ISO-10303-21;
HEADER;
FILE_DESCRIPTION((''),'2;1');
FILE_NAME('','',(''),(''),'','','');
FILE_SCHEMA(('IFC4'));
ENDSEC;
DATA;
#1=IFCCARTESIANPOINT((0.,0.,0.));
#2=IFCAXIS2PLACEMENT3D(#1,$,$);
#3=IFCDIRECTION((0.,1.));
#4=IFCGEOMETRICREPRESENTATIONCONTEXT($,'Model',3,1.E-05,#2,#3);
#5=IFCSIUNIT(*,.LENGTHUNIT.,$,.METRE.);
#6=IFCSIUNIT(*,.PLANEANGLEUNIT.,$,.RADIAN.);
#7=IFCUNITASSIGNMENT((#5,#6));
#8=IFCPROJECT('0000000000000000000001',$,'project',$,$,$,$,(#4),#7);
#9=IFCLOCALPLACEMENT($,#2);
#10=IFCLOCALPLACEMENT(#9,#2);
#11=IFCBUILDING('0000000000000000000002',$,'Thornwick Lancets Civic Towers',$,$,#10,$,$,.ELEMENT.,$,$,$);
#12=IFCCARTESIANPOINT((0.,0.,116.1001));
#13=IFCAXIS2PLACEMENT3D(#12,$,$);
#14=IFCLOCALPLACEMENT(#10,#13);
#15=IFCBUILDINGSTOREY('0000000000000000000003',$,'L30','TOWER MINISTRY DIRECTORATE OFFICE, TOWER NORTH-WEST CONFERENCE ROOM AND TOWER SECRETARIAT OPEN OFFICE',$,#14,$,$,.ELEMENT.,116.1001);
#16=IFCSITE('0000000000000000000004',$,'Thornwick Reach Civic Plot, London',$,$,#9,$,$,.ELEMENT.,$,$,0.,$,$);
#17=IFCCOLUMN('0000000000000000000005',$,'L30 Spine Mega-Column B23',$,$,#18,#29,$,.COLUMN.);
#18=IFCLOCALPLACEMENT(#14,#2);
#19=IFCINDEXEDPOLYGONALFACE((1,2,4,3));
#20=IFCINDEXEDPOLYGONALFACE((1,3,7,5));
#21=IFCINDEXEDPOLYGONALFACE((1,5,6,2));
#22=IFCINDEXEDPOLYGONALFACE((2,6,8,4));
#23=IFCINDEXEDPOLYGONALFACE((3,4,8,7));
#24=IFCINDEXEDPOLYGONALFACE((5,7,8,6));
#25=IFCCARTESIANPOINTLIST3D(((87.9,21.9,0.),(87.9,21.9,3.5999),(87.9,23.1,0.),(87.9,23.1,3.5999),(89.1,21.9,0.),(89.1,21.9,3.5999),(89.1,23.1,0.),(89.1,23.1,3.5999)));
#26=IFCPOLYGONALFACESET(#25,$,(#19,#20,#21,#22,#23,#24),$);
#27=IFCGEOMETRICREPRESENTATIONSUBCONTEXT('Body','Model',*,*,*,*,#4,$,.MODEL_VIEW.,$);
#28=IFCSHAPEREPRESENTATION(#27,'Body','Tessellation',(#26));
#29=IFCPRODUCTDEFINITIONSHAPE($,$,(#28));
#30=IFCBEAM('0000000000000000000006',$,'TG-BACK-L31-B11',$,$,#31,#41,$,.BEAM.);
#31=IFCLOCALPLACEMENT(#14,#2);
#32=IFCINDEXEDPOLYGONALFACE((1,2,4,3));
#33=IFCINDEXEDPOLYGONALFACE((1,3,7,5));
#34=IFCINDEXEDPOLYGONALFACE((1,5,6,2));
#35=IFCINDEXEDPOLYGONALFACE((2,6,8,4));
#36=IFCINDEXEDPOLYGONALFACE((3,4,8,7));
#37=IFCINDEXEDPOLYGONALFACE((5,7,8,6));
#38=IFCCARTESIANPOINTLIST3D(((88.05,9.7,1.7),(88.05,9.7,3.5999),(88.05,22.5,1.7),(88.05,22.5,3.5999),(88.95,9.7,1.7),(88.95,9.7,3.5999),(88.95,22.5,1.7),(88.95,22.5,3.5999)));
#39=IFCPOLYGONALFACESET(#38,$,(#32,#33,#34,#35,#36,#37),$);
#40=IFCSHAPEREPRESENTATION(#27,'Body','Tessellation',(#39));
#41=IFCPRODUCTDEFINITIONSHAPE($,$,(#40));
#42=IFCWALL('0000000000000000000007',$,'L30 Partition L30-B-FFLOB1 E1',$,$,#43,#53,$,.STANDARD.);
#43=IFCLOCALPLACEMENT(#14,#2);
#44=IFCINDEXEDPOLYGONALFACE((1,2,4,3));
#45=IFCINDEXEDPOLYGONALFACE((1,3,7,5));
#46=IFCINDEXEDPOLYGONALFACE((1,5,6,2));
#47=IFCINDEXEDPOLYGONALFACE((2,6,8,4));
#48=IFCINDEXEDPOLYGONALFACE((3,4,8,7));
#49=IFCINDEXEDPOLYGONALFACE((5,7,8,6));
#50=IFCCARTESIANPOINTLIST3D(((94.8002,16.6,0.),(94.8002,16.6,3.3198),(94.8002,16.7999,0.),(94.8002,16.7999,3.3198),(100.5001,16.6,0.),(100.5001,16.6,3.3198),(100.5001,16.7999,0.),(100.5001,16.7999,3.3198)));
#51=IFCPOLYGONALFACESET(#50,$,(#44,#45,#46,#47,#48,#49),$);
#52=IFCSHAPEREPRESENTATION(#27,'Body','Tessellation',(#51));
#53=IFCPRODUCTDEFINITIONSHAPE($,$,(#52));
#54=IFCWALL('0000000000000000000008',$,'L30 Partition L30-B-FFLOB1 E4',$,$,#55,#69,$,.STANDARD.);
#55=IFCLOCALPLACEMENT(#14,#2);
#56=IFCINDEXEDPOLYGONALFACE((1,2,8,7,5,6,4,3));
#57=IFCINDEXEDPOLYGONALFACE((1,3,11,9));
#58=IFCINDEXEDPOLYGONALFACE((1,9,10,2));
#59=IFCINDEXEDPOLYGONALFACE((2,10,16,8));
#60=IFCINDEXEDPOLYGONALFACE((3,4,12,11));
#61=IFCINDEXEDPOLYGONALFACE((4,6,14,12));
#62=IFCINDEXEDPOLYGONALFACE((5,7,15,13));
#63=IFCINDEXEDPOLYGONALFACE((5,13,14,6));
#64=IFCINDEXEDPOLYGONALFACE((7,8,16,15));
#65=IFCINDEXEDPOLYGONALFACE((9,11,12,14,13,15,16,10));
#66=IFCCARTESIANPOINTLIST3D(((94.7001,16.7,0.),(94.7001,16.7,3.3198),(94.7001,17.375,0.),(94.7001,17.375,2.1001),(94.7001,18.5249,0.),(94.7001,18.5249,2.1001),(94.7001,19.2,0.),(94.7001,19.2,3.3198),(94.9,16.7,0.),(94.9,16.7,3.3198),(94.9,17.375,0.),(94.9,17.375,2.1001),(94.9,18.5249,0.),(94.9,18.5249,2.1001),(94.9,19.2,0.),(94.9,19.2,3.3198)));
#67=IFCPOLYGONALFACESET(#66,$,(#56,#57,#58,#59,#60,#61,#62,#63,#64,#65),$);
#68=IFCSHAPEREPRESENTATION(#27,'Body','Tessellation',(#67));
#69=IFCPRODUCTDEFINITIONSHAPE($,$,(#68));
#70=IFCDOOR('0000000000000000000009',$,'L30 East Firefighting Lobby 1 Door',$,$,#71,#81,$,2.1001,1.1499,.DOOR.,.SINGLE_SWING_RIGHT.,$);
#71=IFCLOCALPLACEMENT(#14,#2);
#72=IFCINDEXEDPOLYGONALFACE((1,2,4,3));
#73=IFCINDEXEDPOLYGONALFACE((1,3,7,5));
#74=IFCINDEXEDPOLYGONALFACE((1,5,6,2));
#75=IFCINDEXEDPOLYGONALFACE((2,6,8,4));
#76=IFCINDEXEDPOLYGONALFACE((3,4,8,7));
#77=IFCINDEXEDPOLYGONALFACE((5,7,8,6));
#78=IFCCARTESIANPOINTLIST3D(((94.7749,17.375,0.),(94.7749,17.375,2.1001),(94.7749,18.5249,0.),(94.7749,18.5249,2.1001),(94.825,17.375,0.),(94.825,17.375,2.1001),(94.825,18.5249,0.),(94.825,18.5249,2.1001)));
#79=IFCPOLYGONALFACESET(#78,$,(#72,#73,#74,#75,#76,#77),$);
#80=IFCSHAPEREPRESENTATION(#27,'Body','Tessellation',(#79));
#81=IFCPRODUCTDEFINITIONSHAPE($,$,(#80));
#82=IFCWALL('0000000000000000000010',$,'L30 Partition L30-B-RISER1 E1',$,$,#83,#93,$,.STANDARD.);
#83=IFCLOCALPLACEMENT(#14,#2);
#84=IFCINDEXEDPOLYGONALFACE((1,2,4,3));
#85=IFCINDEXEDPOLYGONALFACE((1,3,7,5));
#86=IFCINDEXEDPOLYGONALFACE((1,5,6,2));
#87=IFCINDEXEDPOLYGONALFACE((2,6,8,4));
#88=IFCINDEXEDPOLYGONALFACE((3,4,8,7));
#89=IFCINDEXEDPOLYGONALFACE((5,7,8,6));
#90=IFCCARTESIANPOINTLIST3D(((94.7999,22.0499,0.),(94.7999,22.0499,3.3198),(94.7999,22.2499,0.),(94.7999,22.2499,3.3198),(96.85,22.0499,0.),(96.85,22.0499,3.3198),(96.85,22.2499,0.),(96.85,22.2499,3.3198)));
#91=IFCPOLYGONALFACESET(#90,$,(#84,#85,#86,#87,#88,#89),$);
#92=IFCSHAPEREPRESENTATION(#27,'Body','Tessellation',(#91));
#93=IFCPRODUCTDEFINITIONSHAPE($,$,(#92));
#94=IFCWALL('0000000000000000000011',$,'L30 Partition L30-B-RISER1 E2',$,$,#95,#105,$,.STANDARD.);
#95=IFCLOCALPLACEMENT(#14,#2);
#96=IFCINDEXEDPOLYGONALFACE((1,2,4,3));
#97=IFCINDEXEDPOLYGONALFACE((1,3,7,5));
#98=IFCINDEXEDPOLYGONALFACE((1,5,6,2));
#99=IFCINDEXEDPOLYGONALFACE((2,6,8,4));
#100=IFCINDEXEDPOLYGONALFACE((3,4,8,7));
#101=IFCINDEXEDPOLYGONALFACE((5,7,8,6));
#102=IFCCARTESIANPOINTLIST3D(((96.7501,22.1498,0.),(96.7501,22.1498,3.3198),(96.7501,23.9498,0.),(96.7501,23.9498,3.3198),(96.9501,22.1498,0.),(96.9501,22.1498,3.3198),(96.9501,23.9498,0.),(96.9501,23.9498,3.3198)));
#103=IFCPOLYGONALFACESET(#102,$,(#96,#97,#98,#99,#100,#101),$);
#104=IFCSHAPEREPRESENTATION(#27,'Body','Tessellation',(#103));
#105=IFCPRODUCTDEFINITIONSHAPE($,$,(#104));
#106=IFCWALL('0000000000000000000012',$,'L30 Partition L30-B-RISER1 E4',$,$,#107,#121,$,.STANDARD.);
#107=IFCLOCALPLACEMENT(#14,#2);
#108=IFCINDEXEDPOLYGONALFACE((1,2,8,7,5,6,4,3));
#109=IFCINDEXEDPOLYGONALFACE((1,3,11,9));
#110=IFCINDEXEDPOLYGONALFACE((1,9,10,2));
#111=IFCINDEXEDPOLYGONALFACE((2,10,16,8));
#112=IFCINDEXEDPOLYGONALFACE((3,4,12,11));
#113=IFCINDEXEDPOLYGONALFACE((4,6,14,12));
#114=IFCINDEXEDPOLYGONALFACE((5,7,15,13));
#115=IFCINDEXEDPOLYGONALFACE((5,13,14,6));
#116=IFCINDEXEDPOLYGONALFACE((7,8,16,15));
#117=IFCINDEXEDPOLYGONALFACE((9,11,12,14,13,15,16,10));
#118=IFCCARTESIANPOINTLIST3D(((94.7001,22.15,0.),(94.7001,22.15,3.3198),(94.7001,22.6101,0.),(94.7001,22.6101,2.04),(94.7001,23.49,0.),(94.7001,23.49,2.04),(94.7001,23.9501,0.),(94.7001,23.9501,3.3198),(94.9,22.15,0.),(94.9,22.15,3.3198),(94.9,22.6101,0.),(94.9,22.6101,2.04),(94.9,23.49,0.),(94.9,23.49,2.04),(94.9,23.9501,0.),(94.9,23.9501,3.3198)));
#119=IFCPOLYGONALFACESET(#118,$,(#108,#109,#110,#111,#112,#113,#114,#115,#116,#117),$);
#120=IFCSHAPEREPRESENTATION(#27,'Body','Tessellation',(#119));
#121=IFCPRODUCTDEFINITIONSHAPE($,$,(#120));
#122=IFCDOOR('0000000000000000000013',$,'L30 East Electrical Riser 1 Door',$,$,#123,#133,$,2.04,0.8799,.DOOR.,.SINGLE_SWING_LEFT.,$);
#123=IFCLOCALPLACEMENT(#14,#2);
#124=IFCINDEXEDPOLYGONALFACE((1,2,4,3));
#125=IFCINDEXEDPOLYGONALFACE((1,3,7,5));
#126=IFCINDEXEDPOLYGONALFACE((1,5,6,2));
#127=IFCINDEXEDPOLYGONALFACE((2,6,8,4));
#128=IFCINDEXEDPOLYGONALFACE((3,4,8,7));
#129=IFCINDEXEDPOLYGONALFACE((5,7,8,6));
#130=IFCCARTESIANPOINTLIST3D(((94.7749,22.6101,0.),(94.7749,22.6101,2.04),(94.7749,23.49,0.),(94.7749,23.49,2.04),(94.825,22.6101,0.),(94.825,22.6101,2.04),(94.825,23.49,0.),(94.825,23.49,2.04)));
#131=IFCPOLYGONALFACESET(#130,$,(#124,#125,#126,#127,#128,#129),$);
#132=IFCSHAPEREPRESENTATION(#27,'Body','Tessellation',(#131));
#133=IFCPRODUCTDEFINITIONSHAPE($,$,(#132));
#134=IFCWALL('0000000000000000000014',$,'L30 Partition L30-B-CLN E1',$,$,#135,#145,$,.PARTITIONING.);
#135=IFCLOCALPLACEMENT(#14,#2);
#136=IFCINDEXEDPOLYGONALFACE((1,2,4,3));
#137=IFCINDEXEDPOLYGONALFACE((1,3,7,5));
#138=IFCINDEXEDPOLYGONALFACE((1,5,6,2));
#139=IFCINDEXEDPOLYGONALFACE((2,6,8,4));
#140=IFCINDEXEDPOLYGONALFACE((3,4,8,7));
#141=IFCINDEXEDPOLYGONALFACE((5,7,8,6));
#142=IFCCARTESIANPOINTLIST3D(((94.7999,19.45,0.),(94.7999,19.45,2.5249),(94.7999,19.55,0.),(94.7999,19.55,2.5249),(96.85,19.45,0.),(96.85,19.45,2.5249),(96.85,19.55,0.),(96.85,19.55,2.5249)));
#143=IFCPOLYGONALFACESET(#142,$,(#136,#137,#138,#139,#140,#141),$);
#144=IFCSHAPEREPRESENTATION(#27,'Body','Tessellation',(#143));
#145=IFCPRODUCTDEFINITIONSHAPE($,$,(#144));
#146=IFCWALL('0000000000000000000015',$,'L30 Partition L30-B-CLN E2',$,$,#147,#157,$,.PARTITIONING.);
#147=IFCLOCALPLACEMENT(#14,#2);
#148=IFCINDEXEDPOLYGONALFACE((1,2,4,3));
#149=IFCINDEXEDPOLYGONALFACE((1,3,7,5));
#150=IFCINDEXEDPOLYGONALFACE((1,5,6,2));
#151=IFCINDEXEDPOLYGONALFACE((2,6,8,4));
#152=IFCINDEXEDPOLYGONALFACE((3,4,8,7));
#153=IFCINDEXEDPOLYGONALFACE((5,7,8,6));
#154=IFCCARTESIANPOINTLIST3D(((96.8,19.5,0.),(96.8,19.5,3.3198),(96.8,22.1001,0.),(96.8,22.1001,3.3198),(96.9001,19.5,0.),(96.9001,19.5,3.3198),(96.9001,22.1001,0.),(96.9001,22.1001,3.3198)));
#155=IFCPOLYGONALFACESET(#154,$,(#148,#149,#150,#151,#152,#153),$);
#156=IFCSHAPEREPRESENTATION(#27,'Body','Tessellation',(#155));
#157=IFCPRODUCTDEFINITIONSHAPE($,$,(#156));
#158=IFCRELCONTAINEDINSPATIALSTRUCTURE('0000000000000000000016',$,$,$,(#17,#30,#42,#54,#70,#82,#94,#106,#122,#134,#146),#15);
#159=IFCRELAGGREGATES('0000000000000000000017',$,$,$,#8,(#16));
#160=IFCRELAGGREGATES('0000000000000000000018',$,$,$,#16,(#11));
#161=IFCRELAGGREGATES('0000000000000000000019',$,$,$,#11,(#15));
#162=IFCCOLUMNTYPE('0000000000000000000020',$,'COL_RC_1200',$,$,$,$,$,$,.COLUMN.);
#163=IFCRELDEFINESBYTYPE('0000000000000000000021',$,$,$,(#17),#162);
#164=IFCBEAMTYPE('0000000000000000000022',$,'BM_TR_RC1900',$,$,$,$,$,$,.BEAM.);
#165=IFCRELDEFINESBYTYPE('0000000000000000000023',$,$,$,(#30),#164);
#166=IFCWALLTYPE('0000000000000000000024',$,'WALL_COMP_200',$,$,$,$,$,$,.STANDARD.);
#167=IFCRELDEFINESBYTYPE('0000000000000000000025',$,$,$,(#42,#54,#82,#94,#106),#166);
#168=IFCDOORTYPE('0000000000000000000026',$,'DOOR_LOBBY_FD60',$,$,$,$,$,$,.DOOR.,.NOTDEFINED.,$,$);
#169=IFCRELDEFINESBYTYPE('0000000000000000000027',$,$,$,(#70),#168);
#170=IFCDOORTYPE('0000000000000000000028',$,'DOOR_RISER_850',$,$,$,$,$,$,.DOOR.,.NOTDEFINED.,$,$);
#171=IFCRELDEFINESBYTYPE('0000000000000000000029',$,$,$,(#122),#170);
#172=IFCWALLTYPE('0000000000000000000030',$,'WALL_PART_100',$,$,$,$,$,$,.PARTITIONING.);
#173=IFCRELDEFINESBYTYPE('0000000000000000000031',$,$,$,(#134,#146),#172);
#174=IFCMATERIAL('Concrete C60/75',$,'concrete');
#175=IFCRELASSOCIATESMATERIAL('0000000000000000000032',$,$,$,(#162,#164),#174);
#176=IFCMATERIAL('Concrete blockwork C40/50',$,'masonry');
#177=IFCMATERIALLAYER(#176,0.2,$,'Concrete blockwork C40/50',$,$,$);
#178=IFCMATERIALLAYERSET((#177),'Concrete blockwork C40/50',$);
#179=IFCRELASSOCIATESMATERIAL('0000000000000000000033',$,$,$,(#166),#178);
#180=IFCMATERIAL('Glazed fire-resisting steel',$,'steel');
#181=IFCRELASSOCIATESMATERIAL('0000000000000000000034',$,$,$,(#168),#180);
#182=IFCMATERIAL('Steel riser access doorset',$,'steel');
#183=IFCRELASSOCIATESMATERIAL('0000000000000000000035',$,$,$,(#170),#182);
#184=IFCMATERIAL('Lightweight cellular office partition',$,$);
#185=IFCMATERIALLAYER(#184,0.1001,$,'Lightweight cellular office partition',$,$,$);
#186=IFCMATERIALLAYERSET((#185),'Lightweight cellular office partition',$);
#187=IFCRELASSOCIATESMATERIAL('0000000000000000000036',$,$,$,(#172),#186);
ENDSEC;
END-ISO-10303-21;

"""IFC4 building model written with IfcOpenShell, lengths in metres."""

from ifc_helpers import new_model, si_unit, direction, frame, frame_2d, origin, origin_2d, place, context, subcontext, project, spatial, rectangle, extrude, material, layer, layer_set, material_profile, profile_set, type_object, element, fill, save


model = new_model("IFC4")

# Units and contexts
model_context = context("Model", 3, precision=1e-05, world=origin(), true_north=direction((0.0, 1.0)))
body_context = subcontext(model_context, "Body", "Model", "MODEL_VIEW")
ifc_project = project(units=[si_unit("LENGTHUNIT", "METRE"), si_unit("PLANEANGLEUNIT", "RADIAN")], contexts=[model_context])

# Site, building, storey
site_placement = place(None, origin())
site = spatial("IfcSite", under=ifc_project, at=site_placement, Name="Thornwick Reach Civic Plot, London", CompositionType="ELEMENT", RefElevation=0.0)
building_placement = place(site_placement, origin())
building = spatial("IfcBuilding", under=site, at=building_placement, Name="Thornwick Lancets Civic Towers", CompositionType="ELEMENT")
storey_placement = place(building_placement, frame((0.0, 0.0, 116.1001)))
storey = spatial("IfcBuildingStorey", under=building, at=storey_placement, Name="L30", Description="TOWER MINISTRY DIRECTORATE OFFICE, TOWER NORTH-WEST CONFERENCE ROOM AND TOWER SECRETARIAT OPEN OFFICE", CompositionType="ELEMENT", Elevation=116.1001)

# Column
ifc_material_1 = material(Name="Concrete C60/75", Category="concrete")
ifc_material_profile_1 = material_profile(ifc_material_1, rectangle(XDim=1.2, YDim=1.2, at=origin_2d()), Name="RC 1200x1200")
ifc_profile_set_1 = profile_set([ifc_material_profile_1], Name="Concrete C60/75")
column_type = type_object("IfcColumnType", Name="COL_RC_1200", PredefinedType="COLUMN", material=ifc_profile_set_1)
column_placement = place(storey_placement, frame((88.5, 22.5, 0.0), z_axis=(0.0, 0.0, 1.0), x_axis=(1.0, 0.0, 0.0)))
element("IfcColumn", 1, at=column_placement, inside=storey, type_object=column_type, Name="L30 Spine Mega-Column B23", PredefinedType="COLUMN", context=body_context, shape_type="SweptSolid", body=[
    extrude(rectangle(XDim=1.2, YDim=1.2, at=origin_2d()), origin(), (0.0, 0.0, 1.0), 3.5999),
])

# Beam
ifc_material_profile_2 = material_profile(ifc_material_1, rectangle(XDim=0.8999, YDim=1.8999, at=origin_2d()), Name="RC 900x1900")
ifc_profile_set_2 = profile_set([ifc_material_profile_2], Name="Concrete C60/75")
beam_type = type_object("IfcBeamType", Name="BM_TR_RC1900", PredefinedType="BEAM", material=ifc_profile_set_2)
beam_placement = place(storey_placement, frame((88.5, 22.5, 2.6499), z_axis=(0.0, -1.0, 0.0), x_axis=(1.0, 0.0, 0.0)))
element("IfcBeam", 2, at=beam_placement, inside=storey, type_object=beam_type, Name="TG-BACK-L31-B11", PredefinedType="BEAM", context=body_context, shape_type="SweptSolid", body=[
    extrude(rectangle(XDim=0.8999, YDim=1.8999, at=origin_2d()), origin(), (0.0, 0.0, 1.0), 12.8),
])

# Wall
ifc_material_2 = material(Name="Concrete blockwork C40/50", Category="masonry")
ifc_layer_1 = layer(ifc_material_2, 0.2, Name="Concrete blockwork C40/50")
ifc_layer_set_1 = layer_set([ifc_layer_1], Name="Concrete blockwork C40/50")
wall_type_1 = type_object("IfcWallType", Name="WALL_COMP_200", PredefinedType="STANDARD", material=ifc_layer_set_1)
wall_1_placement = place(storey_placement, frame((94.8, 16.7, 0.0), z_axis=(0.0, 0.0, 1.0), x_axis=(1.0, 0.0, 0.0)))
element("IfcWall", 3, at=wall_1_placement, inside=storey, type_object=wall_type_1, Name="L30 Partition L30-B-FFLOB1 E1", PredefinedType="STANDARD", context=body_context, shape_type="SweptSolid", body=[
    extrude(rectangle(XDim=5.7, YDim=0.2, at=frame_2d((2.8501, 0.0))), origin(), (0.0, 0.0, 1.0), 3.3198),
])

# Wall, opening, door
wall_2_placement = place(storey_placement, frame((94.8, 19.2, 0.0), z_axis=(0.0, 0.0, 1.0), x_axis=(0.0, -1.0, 0.0)))
wall_2 = element("IfcWall", 4, at=wall_2_placement, inside=storey, type_object=wall_type_1, Name="L30 Partition L30-B-FFLOB1 E4", PredefinedType="STANDARD", context=body_context, shape_type="SweptSolid", body=[
    extrude(rectangle(XDim=2.5, YDim=0.2, at=frame_2d((1.25, 0.0))), origin(), (0.0, 0.0, 1.0), 3.3198),
])
opening_1_placement = place(wall_2_placement, frame((0.675, 0.0, 0.0)))
opening_1 = element("IfcOpeningElement", 5, at=opening_1_placement, cuts=wall_2, PredefinedType="OPENING", context=body_context, shape_type="SweptSolid", body=[
    extrude(rectangle(XDim=1.1499, YDim=2.1001, at=frame_2d((0.575, 1.05))), frame((0.0, 0.1099, 0.0), z_axis=(0.0, -1.0, 0.0), x_axis=(1.0, 0.0, 0.0)), (0.0, 0.0, 1.0), 0.22),
])
ifc_material_3 = material(Name="Glazed fire-resisting steel", Category="steel")
door_type_1 = type_object("IfcDoorType", Name="DOOR_LOBBY_FD60", OperationType="NOTDEFINED", PredefinedType="DOOR", material=ifc_material_3)
door_1_placement = place(opening_1_placement, origin())
door_1 = element("IfcDoor", 6, at=door_1_placement, inside=storey, type_object=door_type_1, Name="L30 East Firefighting Lobby 1 Door", OperationType="SINGLE_SWING_RIGHT", OverallHeight=2.1001, OverallWidth=1.1499, PredefinedType="DOOR", context=body_context, shape_type="SweptSolid", body=[
    extrude(rectangle(XDim=1.1499, YDim=2.1001, at=frame_2d((0.575, 1.05))), frame((0.0, 0.0249, 0.0), z_axis=(0.0, -1.0, 0.0), x_axis=(1.0, 0.0, 0.0)), (0.0, 0.0, 1.0), 0.05),
])
fill(opening_1, door_1)

# Walls
wall_3_placement = place(storey_placement, frame((94.8, 22.1499, 0.0), z_axis=(0.0, 0.0, 1.0), x_axis=(1.0, 0.0, 0.0)))
element("IfcWall", 7, at=wall_3_placement, inside=storey, type_object=wall_type_1, Name="L30 Partition L30-B-RISER1 E1", PredefinedType="STANDARD", context=body_context, shape_type="SweptSolid", body=[
    extrude(rectangle(XDim=2.05, YDim=0.2, at=frame_2d((1.0249, 0.0))), origin(), (0.0, 0.0, 1.0), 3.3198),
])
wall_4_placement = place(storey_placement, frame((96.8501, 22.1499, 0.0), z_axis=(0.0, 0.0, 1.0), x_axis=(0.0, 1.0, 0.0)))
element("IfcWall", 8, at=wall_4_placement, inside=storey, type_object=wall_type_1, Name="L30 Partition L30-B-RISER1 E2", PredefinedType="STANDARD", context=body_context, shape_type="SweptSolid", body=[
    extrude(rectangle(XDim=1.8, YDim=0.2, at=frame_2d((0.8999, 0.0))), origin(), (0.0, 0.0, 1.0), 3.3198),
])

# Wall, opening, door
wall_5_placement = place(storey_placement, frame((94.8, 23.95, 0.0), z_axis=(0.0, 0.0, 1.0), x_axis=(0.0, -1.0, 0.0)))
wall_5 = element("IfcWall", 9, at=wall_5_placement, inside=storey, type_object=wall_type_1, Name="L30 Partition L30-B-RISER1 E4", PredefinedType="STANDARD", context=body_context, shape_type="SweptSolid", body=[
    extrude(rectangle(XDim=1.8, YDim=0.2, at=frame_2d((0.8999, 0.0))), origin(), (0.0, 0.0, 1.0), 3.3198),
])
opening_2_placement = place(wall_5_placement, frame((0.46, 0.0, 0.0)))
opening_2 = element("IfcOpeningElement", 10, at=opening_2_placement, cuts=wall_5, PredefinedType="OPENING", context=body_context, shape_type="SweptSolid", body=[
    extrude(rectangle(XDim=0.8799, YDim=2.04, at=frame_2d((0.4399, 1.02))), frame((0.0, 0.1099, 0.0), z_axis=(0.0, -1.0, 0.0), x_axis=(1.0, 0.0, 0.0)), (0.0, 0.0, 1.0), 0.22),
])
ifc_material_4 = material(Name="Steel riser access doorset", Category="steel")
door_type_2 = type_object("IfcDoorType", Name="DOOR_RISER_850", OperationType="NOTDEFINED", PredefinedType="DOOR", material=ifc_material_4)
door_2_placement = place(opening_2_placement, origin())
door_2 = element("IfcDoor", 11, at=door_2_placement, inside=storey, type_object=door_type_2, Name="L30 East Electrical Riser 1 Door", OperationType="SINGLE_SWING_LEFT", OverallHeight=2.04, OverallWidth=0.8799, PredefinedType="DOOR", context=body_context, shape_type="SweptSolid", body=[
    extrude(rectangle(XDim=0.8799, YDim=2.04, at=frame_2d((0.4399, 1.02))), frame((0.0, 0.0249, 0.0), z_axis=(0.0, -1.0, 0.0), x_axis=(1.0, 0.0, 0.0)), (0.0, 0.0, 1.0), 0.05),
])
fill(opening_2, door_2)

# Walls
ifc_material_5 = material(Name="Lightweight cellular office partition")
ifc_layer_2 = layer(ifc_material_5, 0.1001, Name="Lightweight cellular office partition")
ifc_layer_set_2 = layer_set([ifc_layer_2], Name="Lightweight cellular office partition")
wall_type_2 = type_object("IfcWallType", Name="WALL_PART_100", PredefinedType="PARTITIONING", material=ifc_layer_set_2)
wall_6_placement = place(storey_placement, frame((94.8, 19.5, 0.0), z_axis=(0.0, 0.0, 1.0), x_axis=(1.0, 0.0, 0.0)))
element("IfcWall", 12, at=wall_6_placement, inside=storey, type_object=wall_type_2, Name="L30 Partition L30-B-CLN E1", PredefinedType="PARTITIONING", context=body_context, shape_type="SweptSolid", body=[
    extrude(rectangle(XDim=2.05, YDim=0.1001, at=frame_2d((1.0249, 0.0))), origin(), (0.0, 0.0, 1.0), 2.5249),
])
wall_7_placement = place(storey_placement, frame((96.8501, 19.5, 0.0), z_axis=(0.0, 0.0, 1.0), x_axis=(0.0, 1.0, 0.0)))
element("IfcWall", 13, at=wall_7_placement, inside=storey, type_object=wall_type_2, Name="L30 Partition L30-B-CLN E2", PredefinedType="PARTITIONING", context=body_context, shape_type="SweptSolid", body=[
    extrude(rectangle(XDim=2.6001, YDim=0.1001, at=frame_2d((1.3, 0.0))), origin(), (0.0, 0.0, 1.0), 3.3198),
])

save(model, "model.ifc")
